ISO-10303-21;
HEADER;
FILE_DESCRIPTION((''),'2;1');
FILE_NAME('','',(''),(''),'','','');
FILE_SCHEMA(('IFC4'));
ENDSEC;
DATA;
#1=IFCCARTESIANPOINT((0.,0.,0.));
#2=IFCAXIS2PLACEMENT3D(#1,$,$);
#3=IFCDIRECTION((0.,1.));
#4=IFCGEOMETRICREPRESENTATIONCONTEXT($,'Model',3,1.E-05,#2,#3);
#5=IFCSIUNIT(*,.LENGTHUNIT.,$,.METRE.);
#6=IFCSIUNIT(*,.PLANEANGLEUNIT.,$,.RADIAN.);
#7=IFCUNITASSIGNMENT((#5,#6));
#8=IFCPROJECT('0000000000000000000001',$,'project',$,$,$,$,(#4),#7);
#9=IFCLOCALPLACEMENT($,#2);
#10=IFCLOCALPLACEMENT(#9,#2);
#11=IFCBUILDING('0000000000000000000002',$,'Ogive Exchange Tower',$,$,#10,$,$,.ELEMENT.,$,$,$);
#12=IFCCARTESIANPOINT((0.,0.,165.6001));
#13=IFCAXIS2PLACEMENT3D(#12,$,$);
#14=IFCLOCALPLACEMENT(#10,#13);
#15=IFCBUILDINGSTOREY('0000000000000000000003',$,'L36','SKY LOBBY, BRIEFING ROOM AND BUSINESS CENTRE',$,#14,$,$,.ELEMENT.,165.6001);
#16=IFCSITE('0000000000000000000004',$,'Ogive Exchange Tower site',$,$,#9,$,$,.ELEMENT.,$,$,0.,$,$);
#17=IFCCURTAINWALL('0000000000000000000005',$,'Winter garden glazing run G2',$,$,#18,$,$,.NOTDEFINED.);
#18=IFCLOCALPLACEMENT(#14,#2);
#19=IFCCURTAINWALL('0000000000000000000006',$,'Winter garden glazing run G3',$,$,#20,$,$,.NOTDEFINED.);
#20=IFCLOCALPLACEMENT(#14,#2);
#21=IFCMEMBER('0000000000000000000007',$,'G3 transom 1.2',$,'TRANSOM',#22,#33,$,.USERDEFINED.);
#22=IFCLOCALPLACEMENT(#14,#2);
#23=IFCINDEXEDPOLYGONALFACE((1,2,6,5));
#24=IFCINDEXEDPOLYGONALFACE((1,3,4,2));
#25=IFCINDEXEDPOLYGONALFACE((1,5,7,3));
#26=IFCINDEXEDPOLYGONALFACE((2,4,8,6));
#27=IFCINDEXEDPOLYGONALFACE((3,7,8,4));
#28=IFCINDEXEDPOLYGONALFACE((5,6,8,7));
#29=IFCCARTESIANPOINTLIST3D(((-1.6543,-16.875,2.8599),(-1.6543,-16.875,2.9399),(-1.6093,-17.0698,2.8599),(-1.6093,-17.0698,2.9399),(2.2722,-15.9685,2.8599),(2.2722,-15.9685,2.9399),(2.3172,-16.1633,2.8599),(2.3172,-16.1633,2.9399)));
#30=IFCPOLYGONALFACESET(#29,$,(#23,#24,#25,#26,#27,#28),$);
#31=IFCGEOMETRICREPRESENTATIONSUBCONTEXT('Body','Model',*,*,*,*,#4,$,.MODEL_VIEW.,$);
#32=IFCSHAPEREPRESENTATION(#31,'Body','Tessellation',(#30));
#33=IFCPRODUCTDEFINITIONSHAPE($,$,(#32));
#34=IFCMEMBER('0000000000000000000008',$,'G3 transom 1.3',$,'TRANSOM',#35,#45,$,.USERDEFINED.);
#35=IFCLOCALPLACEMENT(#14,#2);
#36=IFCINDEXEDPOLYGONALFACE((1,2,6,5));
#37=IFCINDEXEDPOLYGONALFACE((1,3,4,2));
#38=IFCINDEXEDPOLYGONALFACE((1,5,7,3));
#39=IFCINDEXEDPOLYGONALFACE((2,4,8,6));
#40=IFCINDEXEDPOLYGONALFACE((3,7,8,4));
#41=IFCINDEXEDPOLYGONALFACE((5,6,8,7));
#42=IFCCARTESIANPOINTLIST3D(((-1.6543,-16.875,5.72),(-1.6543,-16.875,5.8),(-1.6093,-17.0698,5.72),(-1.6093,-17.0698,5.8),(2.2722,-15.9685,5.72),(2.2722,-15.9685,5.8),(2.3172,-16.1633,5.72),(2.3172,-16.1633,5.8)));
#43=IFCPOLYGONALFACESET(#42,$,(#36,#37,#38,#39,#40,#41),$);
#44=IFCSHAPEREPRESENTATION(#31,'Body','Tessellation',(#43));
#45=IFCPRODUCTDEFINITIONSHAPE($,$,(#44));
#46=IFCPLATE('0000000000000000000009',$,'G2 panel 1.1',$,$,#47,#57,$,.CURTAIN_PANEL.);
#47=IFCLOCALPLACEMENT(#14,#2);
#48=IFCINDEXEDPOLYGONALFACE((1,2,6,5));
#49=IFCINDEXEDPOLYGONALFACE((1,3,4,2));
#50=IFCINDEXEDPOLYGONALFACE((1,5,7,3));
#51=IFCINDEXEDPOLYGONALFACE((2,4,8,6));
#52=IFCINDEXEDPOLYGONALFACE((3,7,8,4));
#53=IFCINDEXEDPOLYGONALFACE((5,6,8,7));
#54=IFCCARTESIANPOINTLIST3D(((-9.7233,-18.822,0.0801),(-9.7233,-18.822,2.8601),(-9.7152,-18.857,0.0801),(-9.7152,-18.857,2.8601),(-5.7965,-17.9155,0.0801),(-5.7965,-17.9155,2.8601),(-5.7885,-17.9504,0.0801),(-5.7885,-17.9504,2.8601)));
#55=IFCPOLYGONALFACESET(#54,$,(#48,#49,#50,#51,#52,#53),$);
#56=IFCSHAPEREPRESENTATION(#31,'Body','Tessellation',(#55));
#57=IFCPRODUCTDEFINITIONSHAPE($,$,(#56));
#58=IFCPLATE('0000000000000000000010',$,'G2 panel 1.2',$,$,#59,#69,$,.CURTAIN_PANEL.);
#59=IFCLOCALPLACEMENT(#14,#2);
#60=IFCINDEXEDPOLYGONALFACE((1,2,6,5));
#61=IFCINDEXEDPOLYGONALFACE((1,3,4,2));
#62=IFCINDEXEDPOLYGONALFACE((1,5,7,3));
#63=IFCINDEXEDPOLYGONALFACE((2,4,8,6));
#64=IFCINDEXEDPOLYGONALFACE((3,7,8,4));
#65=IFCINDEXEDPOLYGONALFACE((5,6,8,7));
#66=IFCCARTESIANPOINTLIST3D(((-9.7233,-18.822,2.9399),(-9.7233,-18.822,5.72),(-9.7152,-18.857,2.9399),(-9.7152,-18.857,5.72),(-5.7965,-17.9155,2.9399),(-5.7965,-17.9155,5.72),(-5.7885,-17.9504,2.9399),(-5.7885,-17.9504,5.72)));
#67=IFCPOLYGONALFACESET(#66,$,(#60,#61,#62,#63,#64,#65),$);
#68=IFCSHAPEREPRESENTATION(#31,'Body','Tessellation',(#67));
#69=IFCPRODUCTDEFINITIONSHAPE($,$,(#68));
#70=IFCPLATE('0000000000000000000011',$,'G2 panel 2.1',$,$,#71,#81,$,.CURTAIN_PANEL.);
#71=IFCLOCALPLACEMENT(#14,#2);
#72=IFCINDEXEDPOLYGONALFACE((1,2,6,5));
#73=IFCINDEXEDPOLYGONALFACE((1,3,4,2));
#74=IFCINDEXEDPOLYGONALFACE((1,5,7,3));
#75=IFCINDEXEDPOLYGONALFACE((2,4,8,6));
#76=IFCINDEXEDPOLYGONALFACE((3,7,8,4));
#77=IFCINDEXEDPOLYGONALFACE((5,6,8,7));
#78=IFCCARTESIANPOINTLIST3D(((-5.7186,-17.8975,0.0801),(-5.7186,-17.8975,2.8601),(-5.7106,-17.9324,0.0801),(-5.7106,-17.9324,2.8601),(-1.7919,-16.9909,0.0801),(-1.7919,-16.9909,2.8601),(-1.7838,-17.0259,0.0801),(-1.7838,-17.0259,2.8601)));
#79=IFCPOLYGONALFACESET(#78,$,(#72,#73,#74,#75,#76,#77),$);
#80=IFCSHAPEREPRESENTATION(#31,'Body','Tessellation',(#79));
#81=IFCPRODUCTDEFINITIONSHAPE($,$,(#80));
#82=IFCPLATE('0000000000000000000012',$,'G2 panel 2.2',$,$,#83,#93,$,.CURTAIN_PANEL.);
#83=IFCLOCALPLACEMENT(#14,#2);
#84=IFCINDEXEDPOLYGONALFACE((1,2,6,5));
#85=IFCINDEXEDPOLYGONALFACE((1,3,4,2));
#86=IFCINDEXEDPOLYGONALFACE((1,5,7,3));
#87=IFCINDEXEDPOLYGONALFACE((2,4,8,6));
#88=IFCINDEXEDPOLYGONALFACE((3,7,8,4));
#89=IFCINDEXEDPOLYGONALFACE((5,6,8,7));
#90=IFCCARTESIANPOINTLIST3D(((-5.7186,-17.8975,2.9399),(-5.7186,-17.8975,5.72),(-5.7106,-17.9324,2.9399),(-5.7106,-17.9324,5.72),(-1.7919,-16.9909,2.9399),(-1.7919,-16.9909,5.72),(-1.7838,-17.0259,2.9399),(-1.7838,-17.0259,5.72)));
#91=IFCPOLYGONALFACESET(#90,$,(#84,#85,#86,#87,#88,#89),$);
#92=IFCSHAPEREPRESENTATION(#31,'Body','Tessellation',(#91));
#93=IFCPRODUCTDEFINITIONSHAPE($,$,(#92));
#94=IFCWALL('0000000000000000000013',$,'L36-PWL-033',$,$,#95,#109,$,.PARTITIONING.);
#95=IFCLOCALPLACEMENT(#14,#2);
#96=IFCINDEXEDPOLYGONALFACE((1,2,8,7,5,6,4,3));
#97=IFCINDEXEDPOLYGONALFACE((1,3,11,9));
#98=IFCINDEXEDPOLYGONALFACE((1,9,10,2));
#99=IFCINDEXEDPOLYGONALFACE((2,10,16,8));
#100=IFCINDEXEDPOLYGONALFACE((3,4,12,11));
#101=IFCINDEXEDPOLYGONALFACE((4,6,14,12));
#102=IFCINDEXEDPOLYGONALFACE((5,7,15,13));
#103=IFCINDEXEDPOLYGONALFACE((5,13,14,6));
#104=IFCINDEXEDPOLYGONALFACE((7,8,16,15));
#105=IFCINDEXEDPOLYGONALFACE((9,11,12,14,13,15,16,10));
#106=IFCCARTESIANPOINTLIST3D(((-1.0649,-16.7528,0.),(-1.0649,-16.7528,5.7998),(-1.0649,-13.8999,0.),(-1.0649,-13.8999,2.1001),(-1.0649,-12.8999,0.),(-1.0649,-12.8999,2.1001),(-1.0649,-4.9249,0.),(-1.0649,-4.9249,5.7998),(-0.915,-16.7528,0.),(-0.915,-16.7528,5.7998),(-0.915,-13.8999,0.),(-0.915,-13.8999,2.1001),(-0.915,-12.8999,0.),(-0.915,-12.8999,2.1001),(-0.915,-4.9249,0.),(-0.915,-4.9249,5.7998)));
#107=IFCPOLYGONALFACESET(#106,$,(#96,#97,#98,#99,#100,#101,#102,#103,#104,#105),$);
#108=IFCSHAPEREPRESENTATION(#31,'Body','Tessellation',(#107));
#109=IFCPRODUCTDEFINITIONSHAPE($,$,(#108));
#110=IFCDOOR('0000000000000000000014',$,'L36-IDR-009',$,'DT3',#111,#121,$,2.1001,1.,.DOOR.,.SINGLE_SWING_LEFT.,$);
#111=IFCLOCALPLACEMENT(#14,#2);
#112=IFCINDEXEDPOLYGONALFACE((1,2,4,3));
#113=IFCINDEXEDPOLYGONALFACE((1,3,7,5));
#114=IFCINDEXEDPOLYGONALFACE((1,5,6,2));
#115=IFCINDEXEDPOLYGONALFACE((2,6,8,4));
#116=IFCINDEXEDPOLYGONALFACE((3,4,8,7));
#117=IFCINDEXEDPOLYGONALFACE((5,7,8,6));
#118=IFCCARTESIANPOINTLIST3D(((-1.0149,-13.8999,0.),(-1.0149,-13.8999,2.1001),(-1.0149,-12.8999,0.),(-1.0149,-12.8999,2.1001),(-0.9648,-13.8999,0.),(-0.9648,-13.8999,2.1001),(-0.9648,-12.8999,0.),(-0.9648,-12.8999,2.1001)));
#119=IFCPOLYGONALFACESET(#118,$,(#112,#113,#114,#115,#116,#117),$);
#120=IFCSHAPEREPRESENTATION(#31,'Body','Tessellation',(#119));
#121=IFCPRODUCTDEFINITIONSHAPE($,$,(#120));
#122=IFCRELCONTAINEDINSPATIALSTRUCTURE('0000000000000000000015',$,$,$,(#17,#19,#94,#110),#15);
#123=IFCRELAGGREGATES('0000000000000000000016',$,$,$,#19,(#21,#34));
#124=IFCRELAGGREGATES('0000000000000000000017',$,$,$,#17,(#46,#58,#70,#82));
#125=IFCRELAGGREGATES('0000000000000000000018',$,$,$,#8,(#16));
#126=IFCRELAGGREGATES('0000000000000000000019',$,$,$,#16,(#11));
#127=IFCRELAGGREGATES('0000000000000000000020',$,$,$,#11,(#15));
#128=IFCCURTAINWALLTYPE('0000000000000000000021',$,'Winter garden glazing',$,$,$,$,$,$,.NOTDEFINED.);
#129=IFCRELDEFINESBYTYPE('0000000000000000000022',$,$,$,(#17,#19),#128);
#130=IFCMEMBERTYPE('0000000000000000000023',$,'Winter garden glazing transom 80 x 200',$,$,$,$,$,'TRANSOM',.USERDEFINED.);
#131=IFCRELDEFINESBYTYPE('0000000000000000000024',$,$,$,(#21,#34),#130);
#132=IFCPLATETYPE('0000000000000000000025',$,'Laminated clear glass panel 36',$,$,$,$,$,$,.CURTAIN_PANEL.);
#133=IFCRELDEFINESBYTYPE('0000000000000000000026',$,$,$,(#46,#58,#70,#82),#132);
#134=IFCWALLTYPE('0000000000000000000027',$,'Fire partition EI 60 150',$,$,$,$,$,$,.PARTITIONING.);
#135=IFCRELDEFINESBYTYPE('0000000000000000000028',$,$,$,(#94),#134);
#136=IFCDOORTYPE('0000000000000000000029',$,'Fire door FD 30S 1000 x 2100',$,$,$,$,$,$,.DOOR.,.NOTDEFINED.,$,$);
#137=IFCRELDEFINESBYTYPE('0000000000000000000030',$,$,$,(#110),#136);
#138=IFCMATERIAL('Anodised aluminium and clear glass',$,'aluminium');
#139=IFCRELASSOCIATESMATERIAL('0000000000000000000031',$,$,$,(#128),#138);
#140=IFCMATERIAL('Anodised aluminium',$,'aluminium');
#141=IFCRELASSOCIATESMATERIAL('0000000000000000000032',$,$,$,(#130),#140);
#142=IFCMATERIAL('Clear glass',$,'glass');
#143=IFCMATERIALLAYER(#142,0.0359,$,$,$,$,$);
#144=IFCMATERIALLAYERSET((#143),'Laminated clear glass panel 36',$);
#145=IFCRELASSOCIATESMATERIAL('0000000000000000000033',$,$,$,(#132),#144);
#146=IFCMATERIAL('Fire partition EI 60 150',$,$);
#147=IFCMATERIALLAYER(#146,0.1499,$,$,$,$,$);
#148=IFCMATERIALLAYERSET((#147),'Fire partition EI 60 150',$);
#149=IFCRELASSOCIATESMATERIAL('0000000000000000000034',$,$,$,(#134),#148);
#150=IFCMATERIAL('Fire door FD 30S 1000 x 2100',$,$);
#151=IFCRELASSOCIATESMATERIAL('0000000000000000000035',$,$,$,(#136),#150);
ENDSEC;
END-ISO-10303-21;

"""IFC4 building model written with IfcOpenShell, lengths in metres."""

from ifc_helpers import new_model, si_unit, direction, frame, frame_2d, origin, origin_2d, place, context, subcontext, project, spatial, rectangle, extrude, material, layer, layer_set, material_profile, profile_set, type_object, element, fill, aggregate, save


model = new_model("IFC4")

# Units and contexts
model_context = context("Model", 3, precision=1e-05, world=origin(), true_north=direction((0.0, 1.0)))
body_context = subcontext(model_context, "Body", "Model", "MODEL_VIEW")
ifc_project = project(units=[si_unit("LENGTHUNIT", "METRE"), si_unit("PLANEANGLEUNIT", "RADIAN")], contexts=[model_context])

# Site, building, storey
site_placement = place(None, origin())
site = spatial("IfcSite", under=ifc_project, at=site_placement, Name="Ogive Exchange Tower site", CompositionType="ELEMENT", RefElevation=0.0)
building_placement = place(site_placement, origin())
building = spatial("IfcBuilding", under=site, at=building_placement, Name="Ogive Exchange Tower", CompositionType="ELEMENT")
storey_placement = place(building_placement, frame((0.0, 0.0, 165.6001)))
storey = spatial("IfcBuildingStorey", under=building, at=storey_placement, Name="L36", Description="SKY LOBBY, BRIEFING ROOM AND BUSINESS CENTRE", CompositionType="ELEMENT", Elevation=165.6001)

# Curtain wall
ifc_material_1 = material(Name="Anodised aluminium and clear glass", Category="aluminium")
curtain_wall_type = type_object("IfcCurtainWallType", Name="Winter garden glazing", PredefinedType="NOTDEFINED", material=ifc_material_1)
curtain_wall_1_placement = place(storey_placement, origin())
curtain_wall_1 = element("IfcCurtainWall", 1, at=curtain_wall_1_placement, inside=storey, type_object=curtain_wall_type, Name="Winter garden glazing run G2", PredefinedType="NOTDEFINED")
ifc_material_2 = material(Name="Anodised aluminium", Category="aluminium")

# Curtain wall
curtain_wall_2_placement = place(storey_placement, origin())
curtain_wall_2 = element("IfcCurtainWall", 2, at=curtain_wall_2_placement, inside=storey, type_object=curtain_wall_type, Name="Winter garden glazing run G3", PredefinedType="NOTDEFINED")

# Members
ifc_material_profile_1 = material_profile(ifc_material_2, rectangle(XDim=0.2, YDim=0.0801, at=origin_2d()), Name="AL 80x200")
ifc_profile_set_1 = profile_set([ifc_material_profile_1], Name="Anodised aluminium")
member_type_1 = type_object("IfcMemberType", Name="Winter garden glazing transom 80 x 200", ElementType="TRANSOM", PredefinedType="USERDEFINED", material=ifc_profile_set_1)
member_1_placement = place(storey_placement, frame((-1.6318, -16.9724, 2.8999), z_axis=(0.974371, 0.224948, 0.0), x_axis=(-0.224948, 0.974371, 0.0)))
member_1 = element("IfcMember", 3, at=member_1_placement, type_object=member_type_1, Name="G3 transom 1.2", ObjectType="TRANSOM", PredefinedType="USERDEFINED", context=body_context, shape_type="SweptSolid", body=[
    extrude(rectangle(XDim=0.2, YDim=0.0801, at=origin_2d()), origin(), (0.0, 0.0, 1.0), 4.0298),
])
member_2_placement = place(storey_placement, frame((-1.6318, -16.9724, 5.76), z_axis=(0.974371, 0.224948, 0.0), x_axis=(-0.224948, 0.974371, 0.0)))
member_2 = element("IfcMember", 4, at=member_2_placement, type_object=member_type_1, Name="G3 transom 1.3", ObjectType="TRANSOM", PredefinedType="USERDEFINED", context=body_context, shape_type="SweptSolid", body=[
    extrude(rectangle(XDim=0.2, YDim=0.0801, at=origin_2d()), origin(), (0.0, 0.0, 1.0), 4.0298),
])
aggregate(curtain_wall_2, [member_1, member_2])

# Plates
ifc_material_3 = material(Name="Clear glass", Category="glass")
ifc_layer_1 = layer(ifc_material_3, 0.0359)
ifc_layer_set_1 = layer_set([ifc_layer_1], Name="Laminated clear glass panel 36")
plate_type = type_object("IfcPlateType", Name="Laminated clear glass panel 36", PredefinedType="CURTAIN_PANEL", material=ifc_layer_set_1)
plate_1_placement = place(storey_placement, frame((-7.7559, -18.3862, 0.0801), z_axis=(0.0, 0.0, 1.0), x_axis=(0.97437, 0.224951, 0.0)))
plate_1 = element("IfcPlate", 5, at=plate_1_placement, type_object=plate_type, Name="G2 panel 1.1", PredefinedType="CURTAIN_PANEL", context=body_context, shape_type="SweptSolid", body=[
    extrude(rectangle(XDim=4.03, YDim=0.0359, at=origin_2d()), origin(), (0.0, 0.0, 1.0), 2.78),
])
plate_2_placement = place(storey_placement, frame((-7.7559, -18.3862, 2.9399), z_axis=(0.0, 0.0, 1.0), x_axis=(0.97437, 0.224951, 0.0)))
plate_2 = element("IfcPlate", 6, at=plate_2_placement, type_object=plate_type, Name="G2 panel 1.2", PredefinedType="CURTAIN_PANEL", context=body_context, shape_type="SweptSolid", body=[
    extrude(rectangle(XDim=4.03, YDim=0.0359, at=origin_2d()), origin(), (0.0, 0.0, 1.0), 2.78),
])
plate_3_placement = place(storey_placement, frame((-3.7512, -17.4617, 0.0801), z_axis=(0.0, 0.0, 1.0), x_axis=(0.97437, 0.224951, 0.0)))
plate_3 = element("IfcPlate", 7, at=plate_3_placement, type_object=plate_type, Name="G2 panel 2.1", PredefinedType="CURTAIN_PANEL", context=body_context, shape_type="SweptSolid", body=[
    extrude(rectangle(XDim=4.03, YDim=0.0359, at=origin_2d()), origin(), (0.0, 0.0, 1.0), 2.78),
])
plate_4_placement = place(storey_placement, frame((-3.7512, -17.4617, 2.9399), z_axis=(0.0, 0.0, 1.0), x_axis=(0.97437, 0.224951, 0.0)))
plate_4 = element("IfcPlate", 8, at=plate_4_placement, type_object=plate_type, Name="G2 panel 2.2", PredefinedType="CURTAIN_PANEL", context=body_context, shape_type="SweptSolid", body=[
    extrude(rectangle(XDim=4.03, YDim=0.0359, at=origin_2d()), origin(), (0.0, 0.0, 1.0), 2.78),
])
aggregate(curtain_wall_1, [plate_1, plate_2, plate_3, plate_4])

# Wall, opening, door
ifc_material_4 = material(Name="Fire partition EI 60 150")
ifc_layer_2 = layer(ifc_material_4, 0.1499)
ifc_layer_set_2 = layer_set([ifc_layer_2], Name="Fire partition EI 60 150")
wall_type = type_object("IfcWallType", Name="Fire partition EI 60 150", PredefinedType="PARTITIONING", material=ifc_layer_set_2)
wall_placement = place(storey_placement, frame((-0.99, -16.7529, 0.0), z_axis=(0.0, 0.0, 1.0), x_axis=(0.0, 1.0, 0.0)))
wall = element("IfcWall", 9, at=wall_placement, inside=storey, type_object=wall_type, Name="L36-PWL-033", PredefinedType="PARTITIONING", context=body_context, shape_type="SweptSolid", body=[
    extrude(rectangle(XDim=11.8279, YDim=0.1499, at=frame_2d((5.9141, 0.0))), origin(), (0.0, 0.0, 1.0), 5.7998),
])
opening_placement = place(wall_placement, frame((2.853, 0.0, 0.0)))
opening = element("IfcOpeningElement", 10, at=opening_placement, cuts=wall, PredefinedType="OPENING", context=body_context, shape_type="SweptSolid", body=[
    extrude(rectangle(XDim=1.0, YDim=2.1001, at=frame_2d((0.5, 1.05))), frame((0.0, 0.085, 0.0), z_axis=(0.0, -1.0, 0.0), x_axis=(1.0, 0.0, 0.0)), (0.0, 0.0, 1.0), 0.1699),
])
ifc_material_5 = material(Name="Fire door FD 30S 1000 x 2100")
door_type = type_object("IfcDoorType", Name="Fire door FD 30S 1000 x 2100", OperationType="NOTDEFINED", PredefinedType="DOOR", material=ifc_material_5)
door_placement = place(opening_placement, origin())
door = element("IfcDoor", 11, at=door_placement, inside=storey, type_object=door_type, Name="L36-IDR-009", ObjectType="DT3", OperationType="SINGLE_SWING_LEFT", OverallHeight=2.1001, OverallWidth=1.0, PredefinedType="DOOR", context=body_context, shape_type="SweptSolid", body=[
    extrude(rectangle(XDim=1.0, YDim=2.1001, at=frame_2d((0.5, 1.05))), frame((0.0, 0.0249, 0.0), z_axis=(0.0, -1.0, 0.0), x_axis=(1.0, 0.0, 0.0)), (0.0, 0.0, 1.0), 0.05),
])
fill(opening, door)

save(model, "model.ifc")
